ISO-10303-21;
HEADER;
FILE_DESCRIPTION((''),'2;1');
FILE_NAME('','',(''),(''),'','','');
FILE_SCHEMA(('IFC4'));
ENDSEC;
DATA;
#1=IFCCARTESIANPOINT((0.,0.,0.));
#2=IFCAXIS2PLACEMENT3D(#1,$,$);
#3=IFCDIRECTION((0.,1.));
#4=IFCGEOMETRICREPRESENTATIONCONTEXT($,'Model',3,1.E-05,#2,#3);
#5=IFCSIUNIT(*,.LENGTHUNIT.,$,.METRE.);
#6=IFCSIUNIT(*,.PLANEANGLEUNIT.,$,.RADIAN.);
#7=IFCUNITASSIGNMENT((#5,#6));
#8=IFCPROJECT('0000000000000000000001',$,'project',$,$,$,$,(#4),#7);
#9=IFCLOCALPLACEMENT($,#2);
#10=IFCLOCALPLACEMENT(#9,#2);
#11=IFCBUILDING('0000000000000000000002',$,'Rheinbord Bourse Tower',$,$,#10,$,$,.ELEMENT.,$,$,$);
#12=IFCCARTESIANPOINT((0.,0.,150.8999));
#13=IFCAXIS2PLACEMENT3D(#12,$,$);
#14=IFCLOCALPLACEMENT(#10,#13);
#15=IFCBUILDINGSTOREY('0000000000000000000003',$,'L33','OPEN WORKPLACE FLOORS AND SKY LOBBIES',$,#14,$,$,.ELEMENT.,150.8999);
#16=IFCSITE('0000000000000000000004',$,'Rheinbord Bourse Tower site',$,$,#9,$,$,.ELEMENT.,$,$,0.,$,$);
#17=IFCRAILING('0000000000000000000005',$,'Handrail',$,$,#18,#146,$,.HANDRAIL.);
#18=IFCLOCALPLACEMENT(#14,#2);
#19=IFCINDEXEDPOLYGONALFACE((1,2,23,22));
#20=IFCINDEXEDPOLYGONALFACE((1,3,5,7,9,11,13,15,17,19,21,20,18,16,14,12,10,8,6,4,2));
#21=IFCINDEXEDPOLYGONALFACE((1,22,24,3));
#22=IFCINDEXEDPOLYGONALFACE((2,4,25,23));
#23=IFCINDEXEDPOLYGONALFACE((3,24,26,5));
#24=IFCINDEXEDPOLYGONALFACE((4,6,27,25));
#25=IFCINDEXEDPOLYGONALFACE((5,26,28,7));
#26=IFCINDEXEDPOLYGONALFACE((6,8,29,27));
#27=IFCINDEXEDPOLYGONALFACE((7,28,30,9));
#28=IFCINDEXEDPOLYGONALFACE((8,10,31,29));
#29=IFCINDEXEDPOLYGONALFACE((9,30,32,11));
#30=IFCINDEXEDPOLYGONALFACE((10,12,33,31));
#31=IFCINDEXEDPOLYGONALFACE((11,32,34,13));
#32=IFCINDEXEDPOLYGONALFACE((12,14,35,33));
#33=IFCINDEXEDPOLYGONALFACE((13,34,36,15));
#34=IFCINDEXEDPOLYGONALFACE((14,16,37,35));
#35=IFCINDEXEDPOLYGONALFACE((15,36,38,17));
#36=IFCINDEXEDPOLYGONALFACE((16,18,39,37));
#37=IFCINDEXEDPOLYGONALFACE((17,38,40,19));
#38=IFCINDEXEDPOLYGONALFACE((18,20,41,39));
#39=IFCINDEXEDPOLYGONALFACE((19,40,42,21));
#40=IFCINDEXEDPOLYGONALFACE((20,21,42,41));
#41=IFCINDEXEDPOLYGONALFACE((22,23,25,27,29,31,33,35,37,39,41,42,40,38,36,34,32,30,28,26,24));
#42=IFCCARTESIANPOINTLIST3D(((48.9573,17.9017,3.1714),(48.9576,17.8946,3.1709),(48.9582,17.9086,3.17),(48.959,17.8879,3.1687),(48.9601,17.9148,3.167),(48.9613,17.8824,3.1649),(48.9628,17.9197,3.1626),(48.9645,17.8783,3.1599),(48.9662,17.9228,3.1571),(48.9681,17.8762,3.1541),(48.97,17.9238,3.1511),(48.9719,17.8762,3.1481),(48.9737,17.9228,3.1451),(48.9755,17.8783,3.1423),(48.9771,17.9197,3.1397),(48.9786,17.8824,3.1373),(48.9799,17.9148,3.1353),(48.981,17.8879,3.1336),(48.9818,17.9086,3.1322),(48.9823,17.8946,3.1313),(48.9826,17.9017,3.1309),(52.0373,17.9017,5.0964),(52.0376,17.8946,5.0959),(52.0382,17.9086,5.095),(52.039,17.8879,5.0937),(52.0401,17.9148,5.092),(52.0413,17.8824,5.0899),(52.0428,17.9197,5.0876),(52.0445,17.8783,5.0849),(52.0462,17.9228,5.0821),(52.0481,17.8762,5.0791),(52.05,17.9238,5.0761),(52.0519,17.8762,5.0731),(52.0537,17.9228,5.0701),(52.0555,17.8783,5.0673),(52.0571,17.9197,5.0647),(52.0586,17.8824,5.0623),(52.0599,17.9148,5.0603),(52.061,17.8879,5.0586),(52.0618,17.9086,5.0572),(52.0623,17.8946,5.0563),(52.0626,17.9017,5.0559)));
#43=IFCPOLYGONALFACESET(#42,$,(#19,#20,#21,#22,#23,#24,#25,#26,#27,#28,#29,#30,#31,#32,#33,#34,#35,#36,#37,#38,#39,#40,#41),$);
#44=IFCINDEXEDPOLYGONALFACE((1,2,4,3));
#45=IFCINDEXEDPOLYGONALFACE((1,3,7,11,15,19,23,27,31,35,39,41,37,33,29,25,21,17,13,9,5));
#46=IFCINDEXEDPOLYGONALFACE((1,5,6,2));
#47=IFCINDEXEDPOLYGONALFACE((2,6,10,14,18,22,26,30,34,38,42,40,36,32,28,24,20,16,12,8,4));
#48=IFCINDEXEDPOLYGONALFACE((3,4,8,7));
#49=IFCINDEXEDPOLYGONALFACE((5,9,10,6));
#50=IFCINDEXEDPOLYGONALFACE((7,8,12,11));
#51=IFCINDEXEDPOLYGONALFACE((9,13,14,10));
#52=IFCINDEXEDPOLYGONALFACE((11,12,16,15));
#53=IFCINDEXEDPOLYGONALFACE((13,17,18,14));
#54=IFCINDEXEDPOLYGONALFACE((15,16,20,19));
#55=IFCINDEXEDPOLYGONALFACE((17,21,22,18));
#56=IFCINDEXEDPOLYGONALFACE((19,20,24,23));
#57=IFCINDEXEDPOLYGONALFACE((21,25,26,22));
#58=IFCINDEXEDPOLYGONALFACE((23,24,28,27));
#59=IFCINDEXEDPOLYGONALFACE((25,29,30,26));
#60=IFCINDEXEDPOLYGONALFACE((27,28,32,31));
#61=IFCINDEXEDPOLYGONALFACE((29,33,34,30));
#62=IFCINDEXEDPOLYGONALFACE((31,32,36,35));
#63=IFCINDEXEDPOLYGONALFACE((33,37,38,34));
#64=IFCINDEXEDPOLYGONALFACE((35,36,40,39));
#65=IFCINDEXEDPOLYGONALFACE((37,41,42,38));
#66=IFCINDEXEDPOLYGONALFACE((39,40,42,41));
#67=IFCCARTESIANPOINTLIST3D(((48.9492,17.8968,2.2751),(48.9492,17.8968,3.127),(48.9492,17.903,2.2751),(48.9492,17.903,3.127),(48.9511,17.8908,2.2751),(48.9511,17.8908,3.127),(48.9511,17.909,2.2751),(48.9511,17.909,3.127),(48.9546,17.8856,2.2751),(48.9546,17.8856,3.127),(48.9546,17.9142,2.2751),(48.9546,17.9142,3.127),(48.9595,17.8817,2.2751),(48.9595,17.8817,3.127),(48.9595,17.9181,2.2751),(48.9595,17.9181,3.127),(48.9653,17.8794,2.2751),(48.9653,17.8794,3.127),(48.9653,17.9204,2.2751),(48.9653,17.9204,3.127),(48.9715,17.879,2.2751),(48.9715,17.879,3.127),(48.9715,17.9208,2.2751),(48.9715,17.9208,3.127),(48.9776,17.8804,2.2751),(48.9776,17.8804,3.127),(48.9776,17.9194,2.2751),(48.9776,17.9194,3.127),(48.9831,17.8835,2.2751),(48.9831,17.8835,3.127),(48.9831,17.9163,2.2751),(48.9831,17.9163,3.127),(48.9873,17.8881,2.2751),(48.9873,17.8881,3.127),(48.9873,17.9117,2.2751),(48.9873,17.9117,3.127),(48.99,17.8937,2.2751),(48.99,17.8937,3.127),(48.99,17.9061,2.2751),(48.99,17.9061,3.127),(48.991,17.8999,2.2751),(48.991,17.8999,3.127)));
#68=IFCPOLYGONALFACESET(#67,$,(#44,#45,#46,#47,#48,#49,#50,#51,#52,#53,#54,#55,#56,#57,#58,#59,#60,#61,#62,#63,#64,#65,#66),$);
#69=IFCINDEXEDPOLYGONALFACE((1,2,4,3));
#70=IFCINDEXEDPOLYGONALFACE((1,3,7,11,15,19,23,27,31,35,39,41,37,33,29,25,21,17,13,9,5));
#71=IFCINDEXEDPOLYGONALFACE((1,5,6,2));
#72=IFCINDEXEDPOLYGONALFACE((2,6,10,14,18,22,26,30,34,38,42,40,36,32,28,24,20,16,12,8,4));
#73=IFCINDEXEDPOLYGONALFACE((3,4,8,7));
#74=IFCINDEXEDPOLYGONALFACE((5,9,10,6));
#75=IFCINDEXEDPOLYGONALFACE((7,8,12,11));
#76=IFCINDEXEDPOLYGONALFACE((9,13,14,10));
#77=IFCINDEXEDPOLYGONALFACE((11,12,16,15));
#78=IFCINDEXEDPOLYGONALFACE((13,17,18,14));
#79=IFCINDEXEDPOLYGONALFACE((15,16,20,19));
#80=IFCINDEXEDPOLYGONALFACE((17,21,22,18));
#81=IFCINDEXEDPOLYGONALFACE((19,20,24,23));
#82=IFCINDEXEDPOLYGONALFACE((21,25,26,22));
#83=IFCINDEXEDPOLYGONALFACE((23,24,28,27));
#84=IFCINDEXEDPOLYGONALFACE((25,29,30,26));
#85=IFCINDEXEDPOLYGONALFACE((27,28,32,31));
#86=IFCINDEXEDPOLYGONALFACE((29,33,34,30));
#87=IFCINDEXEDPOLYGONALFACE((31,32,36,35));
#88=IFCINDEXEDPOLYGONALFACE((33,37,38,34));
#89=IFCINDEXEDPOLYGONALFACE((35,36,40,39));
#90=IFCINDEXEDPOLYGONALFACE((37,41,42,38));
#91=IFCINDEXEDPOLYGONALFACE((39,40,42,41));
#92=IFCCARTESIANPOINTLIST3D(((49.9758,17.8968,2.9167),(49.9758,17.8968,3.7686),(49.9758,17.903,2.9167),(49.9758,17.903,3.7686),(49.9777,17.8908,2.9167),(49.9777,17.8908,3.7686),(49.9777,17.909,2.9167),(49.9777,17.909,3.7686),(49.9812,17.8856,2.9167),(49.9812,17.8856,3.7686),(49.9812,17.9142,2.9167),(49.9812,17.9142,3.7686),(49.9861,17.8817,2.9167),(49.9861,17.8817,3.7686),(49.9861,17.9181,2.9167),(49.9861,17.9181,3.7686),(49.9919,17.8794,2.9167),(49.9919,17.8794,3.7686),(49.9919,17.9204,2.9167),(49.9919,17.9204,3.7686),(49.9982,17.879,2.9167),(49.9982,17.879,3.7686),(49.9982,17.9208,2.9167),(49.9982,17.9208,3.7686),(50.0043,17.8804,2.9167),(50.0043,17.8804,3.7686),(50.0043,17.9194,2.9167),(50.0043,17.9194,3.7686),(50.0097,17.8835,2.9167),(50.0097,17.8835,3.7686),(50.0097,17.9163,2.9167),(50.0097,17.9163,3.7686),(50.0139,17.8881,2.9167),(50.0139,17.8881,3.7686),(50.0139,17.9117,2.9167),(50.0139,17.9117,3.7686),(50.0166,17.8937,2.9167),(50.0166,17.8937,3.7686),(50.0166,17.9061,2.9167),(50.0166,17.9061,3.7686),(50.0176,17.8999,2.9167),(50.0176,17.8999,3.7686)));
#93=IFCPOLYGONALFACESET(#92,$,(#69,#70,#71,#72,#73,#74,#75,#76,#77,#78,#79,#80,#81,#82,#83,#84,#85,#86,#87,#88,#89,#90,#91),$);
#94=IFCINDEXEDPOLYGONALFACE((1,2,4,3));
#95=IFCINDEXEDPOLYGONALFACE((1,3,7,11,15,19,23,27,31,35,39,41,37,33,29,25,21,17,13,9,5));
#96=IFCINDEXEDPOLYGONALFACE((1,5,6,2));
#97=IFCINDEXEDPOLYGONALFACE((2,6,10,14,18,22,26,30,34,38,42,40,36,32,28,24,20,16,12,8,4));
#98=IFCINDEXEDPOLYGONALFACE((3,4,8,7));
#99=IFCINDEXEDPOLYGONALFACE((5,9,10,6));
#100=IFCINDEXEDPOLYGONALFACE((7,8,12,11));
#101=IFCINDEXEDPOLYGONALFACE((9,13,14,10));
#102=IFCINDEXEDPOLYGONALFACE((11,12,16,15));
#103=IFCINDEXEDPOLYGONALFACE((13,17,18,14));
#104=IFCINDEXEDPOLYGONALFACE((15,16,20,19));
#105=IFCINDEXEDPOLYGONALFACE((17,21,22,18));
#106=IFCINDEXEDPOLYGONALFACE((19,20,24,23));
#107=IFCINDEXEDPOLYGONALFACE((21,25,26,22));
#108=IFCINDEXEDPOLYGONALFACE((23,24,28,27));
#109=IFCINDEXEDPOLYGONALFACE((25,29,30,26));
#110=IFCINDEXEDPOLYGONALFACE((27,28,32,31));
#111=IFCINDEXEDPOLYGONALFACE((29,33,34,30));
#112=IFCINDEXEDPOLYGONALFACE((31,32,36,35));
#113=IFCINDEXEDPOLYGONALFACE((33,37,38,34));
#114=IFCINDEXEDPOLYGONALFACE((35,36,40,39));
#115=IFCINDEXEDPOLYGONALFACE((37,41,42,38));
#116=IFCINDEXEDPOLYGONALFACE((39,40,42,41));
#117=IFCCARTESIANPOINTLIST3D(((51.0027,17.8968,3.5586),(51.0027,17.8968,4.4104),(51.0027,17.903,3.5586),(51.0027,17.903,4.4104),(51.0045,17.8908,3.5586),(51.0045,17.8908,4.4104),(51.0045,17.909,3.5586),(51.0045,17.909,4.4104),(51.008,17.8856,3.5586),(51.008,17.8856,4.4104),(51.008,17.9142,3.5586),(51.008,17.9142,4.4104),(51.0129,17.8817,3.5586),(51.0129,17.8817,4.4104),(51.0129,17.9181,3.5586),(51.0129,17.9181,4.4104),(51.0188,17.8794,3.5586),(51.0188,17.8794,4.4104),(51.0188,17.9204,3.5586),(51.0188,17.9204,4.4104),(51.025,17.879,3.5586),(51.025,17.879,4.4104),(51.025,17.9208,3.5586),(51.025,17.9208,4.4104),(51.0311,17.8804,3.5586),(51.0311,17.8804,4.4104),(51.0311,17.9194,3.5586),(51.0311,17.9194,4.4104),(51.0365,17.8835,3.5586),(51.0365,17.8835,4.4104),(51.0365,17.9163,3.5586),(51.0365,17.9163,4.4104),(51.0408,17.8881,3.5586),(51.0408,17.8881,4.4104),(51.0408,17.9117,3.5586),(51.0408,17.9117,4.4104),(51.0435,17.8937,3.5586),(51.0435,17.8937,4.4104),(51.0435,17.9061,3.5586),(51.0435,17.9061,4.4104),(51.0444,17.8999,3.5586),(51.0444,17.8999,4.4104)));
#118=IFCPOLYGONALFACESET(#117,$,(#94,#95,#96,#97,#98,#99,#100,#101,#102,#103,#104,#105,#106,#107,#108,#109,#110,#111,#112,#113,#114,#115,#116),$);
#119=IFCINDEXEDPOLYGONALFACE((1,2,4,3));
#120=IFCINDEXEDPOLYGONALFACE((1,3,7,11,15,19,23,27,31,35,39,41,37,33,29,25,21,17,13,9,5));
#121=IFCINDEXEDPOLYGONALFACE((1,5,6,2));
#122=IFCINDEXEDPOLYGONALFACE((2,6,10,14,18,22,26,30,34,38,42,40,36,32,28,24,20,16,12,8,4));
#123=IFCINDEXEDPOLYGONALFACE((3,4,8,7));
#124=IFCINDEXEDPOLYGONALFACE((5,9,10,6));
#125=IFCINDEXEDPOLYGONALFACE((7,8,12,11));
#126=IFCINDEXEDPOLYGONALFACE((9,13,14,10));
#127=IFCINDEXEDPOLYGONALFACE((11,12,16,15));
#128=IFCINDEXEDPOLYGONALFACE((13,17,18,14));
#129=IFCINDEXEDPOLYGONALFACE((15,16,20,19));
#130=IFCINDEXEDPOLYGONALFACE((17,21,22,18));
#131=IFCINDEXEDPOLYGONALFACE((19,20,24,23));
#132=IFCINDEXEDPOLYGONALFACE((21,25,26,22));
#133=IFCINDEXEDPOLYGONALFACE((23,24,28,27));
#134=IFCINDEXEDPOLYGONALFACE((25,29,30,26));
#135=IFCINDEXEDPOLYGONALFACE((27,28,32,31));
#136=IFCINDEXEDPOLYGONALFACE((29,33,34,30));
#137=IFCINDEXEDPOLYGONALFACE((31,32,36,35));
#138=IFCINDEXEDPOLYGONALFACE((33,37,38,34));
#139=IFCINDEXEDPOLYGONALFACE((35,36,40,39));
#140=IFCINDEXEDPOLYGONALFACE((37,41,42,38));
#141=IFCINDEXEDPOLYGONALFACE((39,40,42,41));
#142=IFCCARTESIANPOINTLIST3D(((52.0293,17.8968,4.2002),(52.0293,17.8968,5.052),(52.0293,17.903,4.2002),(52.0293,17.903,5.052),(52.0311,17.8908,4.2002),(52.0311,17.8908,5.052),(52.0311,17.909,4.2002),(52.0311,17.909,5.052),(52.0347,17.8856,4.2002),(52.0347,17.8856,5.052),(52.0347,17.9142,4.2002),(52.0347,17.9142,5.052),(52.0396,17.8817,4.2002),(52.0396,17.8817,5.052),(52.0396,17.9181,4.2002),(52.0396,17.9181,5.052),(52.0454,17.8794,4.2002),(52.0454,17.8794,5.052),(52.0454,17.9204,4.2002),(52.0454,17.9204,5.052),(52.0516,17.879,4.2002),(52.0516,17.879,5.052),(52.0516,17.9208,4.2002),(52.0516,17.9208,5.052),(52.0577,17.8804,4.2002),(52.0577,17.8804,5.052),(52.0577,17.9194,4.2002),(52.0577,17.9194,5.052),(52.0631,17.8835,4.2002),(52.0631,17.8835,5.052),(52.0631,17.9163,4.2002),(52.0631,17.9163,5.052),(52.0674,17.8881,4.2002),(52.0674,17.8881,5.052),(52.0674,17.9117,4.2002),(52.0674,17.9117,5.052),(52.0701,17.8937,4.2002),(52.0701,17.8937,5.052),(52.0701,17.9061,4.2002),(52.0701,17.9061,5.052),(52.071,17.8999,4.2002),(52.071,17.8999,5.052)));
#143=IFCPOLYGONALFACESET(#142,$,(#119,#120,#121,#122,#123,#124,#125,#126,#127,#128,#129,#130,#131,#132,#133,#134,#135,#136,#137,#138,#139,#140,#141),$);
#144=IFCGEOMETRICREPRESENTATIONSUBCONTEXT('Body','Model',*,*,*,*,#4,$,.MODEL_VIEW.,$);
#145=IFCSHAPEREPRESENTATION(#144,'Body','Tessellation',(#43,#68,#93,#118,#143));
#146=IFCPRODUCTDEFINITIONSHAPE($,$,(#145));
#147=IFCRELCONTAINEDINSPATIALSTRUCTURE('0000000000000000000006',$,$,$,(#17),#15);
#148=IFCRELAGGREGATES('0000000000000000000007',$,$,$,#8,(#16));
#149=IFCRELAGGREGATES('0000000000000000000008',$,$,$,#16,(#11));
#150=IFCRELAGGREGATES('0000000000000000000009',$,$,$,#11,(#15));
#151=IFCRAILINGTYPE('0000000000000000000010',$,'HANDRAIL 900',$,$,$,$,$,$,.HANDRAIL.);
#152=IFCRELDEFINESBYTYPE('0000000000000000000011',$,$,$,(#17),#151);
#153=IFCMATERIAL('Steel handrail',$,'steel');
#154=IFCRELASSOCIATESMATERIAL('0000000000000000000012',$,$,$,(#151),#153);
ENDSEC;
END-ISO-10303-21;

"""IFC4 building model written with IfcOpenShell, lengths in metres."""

from ifc_helpers import new_model, si_unit, direction, frame, origin, origin_2d, place, context, subcontext, project, spatial, circle, extrude, material, type_object, element, save


model = new_model("IFC4")

# Units and contexts
model_context = context("Model", 3, precision=1e-05, world=origin(), true_north=direction((0.0, 1.0)))
body_context = subcontext(model_context, "Body", "Model", "MODEL_VIEW")
ifc_project = project(units=[si_unit("LENGTHUNIT", "METRE"), si_unit("PLANEANGLEUNIT", "RADIAN")], contexts=[model_context])

# Site, building, storey
site_placement = place(None, origin())
site = spatial("IfcSite", under=ifc_project, at=site_placement, Name="Rheinbord Bourse Tower site", CompositionType="ELEMENT", RefElevation=0.0)
building_placement = place(site_placement, origin())
building = spatial("IfcBuilding", under=site, at=building_placement, Name="Rheinbord Bourse Tower", CompositionType="ELEMENT")
storey_placement = place(building_placement, frame((0.0, 0.0, 150.8999)))
storey = spatial("IfcBuildingStorey", under=building, at=storey_placement, Name="L33", Description="OPEN WORKPLACE FLOORS AND SKY LOBBIES", CompositionType="ELEMENT", Elevation=150.8999)

# Railing
ifc_material_1 = material(Name="Steel handrail", Category="steel")
railing_type = type_object("IfcRailingType", Name="HANDRAIL 900", PredefinedType="HANDRAIL", material=ifc_material_1)
railing_1_placement = place(storey_placement, frame((48.97, 17.8999, 2.2751)))
element("IfcRailing", 1, at=railing_1_placement, inside=storey, type_object=railing_type, Name="Handrail", PredefinedType="HANDRAIL", context=body_context, shape_type="SweptSolid", body=[
    extrude(circle(Radius=0.0239, at=origin_2d()), frame((0.0, 0.0, 0.876), z_axis=(0.847998, 0.0, 0.529999), x_axis=(0.0, 1.0, 0.0)), (0.0, 0.0, 1.0), 3.6321),
    extrude(circle(Radius=0.021, at=origin_2d()), origin(), (0.0, 0.0, 1.0), 0.8518),
    extrude(circle(Radius=0.021, at=origin_2d()), frame((1.0266, 0.0, 0.6416)), (0.0, 0.0, 1.0), 0.8518),
    extrude(circle(Radius=0.021, at=origin_2d()), frame((2.0535, 0.0, 1.2834)), (0.0, 0.0, 1.0), 0.8518),
    extrude(circle(Radius=0.021, at=origin_2d()), frame((3.0801, 0.0, 1.925)), (0.0, 0.0, 1.0), 0.8518),
])

save(model, "model.ifc")
